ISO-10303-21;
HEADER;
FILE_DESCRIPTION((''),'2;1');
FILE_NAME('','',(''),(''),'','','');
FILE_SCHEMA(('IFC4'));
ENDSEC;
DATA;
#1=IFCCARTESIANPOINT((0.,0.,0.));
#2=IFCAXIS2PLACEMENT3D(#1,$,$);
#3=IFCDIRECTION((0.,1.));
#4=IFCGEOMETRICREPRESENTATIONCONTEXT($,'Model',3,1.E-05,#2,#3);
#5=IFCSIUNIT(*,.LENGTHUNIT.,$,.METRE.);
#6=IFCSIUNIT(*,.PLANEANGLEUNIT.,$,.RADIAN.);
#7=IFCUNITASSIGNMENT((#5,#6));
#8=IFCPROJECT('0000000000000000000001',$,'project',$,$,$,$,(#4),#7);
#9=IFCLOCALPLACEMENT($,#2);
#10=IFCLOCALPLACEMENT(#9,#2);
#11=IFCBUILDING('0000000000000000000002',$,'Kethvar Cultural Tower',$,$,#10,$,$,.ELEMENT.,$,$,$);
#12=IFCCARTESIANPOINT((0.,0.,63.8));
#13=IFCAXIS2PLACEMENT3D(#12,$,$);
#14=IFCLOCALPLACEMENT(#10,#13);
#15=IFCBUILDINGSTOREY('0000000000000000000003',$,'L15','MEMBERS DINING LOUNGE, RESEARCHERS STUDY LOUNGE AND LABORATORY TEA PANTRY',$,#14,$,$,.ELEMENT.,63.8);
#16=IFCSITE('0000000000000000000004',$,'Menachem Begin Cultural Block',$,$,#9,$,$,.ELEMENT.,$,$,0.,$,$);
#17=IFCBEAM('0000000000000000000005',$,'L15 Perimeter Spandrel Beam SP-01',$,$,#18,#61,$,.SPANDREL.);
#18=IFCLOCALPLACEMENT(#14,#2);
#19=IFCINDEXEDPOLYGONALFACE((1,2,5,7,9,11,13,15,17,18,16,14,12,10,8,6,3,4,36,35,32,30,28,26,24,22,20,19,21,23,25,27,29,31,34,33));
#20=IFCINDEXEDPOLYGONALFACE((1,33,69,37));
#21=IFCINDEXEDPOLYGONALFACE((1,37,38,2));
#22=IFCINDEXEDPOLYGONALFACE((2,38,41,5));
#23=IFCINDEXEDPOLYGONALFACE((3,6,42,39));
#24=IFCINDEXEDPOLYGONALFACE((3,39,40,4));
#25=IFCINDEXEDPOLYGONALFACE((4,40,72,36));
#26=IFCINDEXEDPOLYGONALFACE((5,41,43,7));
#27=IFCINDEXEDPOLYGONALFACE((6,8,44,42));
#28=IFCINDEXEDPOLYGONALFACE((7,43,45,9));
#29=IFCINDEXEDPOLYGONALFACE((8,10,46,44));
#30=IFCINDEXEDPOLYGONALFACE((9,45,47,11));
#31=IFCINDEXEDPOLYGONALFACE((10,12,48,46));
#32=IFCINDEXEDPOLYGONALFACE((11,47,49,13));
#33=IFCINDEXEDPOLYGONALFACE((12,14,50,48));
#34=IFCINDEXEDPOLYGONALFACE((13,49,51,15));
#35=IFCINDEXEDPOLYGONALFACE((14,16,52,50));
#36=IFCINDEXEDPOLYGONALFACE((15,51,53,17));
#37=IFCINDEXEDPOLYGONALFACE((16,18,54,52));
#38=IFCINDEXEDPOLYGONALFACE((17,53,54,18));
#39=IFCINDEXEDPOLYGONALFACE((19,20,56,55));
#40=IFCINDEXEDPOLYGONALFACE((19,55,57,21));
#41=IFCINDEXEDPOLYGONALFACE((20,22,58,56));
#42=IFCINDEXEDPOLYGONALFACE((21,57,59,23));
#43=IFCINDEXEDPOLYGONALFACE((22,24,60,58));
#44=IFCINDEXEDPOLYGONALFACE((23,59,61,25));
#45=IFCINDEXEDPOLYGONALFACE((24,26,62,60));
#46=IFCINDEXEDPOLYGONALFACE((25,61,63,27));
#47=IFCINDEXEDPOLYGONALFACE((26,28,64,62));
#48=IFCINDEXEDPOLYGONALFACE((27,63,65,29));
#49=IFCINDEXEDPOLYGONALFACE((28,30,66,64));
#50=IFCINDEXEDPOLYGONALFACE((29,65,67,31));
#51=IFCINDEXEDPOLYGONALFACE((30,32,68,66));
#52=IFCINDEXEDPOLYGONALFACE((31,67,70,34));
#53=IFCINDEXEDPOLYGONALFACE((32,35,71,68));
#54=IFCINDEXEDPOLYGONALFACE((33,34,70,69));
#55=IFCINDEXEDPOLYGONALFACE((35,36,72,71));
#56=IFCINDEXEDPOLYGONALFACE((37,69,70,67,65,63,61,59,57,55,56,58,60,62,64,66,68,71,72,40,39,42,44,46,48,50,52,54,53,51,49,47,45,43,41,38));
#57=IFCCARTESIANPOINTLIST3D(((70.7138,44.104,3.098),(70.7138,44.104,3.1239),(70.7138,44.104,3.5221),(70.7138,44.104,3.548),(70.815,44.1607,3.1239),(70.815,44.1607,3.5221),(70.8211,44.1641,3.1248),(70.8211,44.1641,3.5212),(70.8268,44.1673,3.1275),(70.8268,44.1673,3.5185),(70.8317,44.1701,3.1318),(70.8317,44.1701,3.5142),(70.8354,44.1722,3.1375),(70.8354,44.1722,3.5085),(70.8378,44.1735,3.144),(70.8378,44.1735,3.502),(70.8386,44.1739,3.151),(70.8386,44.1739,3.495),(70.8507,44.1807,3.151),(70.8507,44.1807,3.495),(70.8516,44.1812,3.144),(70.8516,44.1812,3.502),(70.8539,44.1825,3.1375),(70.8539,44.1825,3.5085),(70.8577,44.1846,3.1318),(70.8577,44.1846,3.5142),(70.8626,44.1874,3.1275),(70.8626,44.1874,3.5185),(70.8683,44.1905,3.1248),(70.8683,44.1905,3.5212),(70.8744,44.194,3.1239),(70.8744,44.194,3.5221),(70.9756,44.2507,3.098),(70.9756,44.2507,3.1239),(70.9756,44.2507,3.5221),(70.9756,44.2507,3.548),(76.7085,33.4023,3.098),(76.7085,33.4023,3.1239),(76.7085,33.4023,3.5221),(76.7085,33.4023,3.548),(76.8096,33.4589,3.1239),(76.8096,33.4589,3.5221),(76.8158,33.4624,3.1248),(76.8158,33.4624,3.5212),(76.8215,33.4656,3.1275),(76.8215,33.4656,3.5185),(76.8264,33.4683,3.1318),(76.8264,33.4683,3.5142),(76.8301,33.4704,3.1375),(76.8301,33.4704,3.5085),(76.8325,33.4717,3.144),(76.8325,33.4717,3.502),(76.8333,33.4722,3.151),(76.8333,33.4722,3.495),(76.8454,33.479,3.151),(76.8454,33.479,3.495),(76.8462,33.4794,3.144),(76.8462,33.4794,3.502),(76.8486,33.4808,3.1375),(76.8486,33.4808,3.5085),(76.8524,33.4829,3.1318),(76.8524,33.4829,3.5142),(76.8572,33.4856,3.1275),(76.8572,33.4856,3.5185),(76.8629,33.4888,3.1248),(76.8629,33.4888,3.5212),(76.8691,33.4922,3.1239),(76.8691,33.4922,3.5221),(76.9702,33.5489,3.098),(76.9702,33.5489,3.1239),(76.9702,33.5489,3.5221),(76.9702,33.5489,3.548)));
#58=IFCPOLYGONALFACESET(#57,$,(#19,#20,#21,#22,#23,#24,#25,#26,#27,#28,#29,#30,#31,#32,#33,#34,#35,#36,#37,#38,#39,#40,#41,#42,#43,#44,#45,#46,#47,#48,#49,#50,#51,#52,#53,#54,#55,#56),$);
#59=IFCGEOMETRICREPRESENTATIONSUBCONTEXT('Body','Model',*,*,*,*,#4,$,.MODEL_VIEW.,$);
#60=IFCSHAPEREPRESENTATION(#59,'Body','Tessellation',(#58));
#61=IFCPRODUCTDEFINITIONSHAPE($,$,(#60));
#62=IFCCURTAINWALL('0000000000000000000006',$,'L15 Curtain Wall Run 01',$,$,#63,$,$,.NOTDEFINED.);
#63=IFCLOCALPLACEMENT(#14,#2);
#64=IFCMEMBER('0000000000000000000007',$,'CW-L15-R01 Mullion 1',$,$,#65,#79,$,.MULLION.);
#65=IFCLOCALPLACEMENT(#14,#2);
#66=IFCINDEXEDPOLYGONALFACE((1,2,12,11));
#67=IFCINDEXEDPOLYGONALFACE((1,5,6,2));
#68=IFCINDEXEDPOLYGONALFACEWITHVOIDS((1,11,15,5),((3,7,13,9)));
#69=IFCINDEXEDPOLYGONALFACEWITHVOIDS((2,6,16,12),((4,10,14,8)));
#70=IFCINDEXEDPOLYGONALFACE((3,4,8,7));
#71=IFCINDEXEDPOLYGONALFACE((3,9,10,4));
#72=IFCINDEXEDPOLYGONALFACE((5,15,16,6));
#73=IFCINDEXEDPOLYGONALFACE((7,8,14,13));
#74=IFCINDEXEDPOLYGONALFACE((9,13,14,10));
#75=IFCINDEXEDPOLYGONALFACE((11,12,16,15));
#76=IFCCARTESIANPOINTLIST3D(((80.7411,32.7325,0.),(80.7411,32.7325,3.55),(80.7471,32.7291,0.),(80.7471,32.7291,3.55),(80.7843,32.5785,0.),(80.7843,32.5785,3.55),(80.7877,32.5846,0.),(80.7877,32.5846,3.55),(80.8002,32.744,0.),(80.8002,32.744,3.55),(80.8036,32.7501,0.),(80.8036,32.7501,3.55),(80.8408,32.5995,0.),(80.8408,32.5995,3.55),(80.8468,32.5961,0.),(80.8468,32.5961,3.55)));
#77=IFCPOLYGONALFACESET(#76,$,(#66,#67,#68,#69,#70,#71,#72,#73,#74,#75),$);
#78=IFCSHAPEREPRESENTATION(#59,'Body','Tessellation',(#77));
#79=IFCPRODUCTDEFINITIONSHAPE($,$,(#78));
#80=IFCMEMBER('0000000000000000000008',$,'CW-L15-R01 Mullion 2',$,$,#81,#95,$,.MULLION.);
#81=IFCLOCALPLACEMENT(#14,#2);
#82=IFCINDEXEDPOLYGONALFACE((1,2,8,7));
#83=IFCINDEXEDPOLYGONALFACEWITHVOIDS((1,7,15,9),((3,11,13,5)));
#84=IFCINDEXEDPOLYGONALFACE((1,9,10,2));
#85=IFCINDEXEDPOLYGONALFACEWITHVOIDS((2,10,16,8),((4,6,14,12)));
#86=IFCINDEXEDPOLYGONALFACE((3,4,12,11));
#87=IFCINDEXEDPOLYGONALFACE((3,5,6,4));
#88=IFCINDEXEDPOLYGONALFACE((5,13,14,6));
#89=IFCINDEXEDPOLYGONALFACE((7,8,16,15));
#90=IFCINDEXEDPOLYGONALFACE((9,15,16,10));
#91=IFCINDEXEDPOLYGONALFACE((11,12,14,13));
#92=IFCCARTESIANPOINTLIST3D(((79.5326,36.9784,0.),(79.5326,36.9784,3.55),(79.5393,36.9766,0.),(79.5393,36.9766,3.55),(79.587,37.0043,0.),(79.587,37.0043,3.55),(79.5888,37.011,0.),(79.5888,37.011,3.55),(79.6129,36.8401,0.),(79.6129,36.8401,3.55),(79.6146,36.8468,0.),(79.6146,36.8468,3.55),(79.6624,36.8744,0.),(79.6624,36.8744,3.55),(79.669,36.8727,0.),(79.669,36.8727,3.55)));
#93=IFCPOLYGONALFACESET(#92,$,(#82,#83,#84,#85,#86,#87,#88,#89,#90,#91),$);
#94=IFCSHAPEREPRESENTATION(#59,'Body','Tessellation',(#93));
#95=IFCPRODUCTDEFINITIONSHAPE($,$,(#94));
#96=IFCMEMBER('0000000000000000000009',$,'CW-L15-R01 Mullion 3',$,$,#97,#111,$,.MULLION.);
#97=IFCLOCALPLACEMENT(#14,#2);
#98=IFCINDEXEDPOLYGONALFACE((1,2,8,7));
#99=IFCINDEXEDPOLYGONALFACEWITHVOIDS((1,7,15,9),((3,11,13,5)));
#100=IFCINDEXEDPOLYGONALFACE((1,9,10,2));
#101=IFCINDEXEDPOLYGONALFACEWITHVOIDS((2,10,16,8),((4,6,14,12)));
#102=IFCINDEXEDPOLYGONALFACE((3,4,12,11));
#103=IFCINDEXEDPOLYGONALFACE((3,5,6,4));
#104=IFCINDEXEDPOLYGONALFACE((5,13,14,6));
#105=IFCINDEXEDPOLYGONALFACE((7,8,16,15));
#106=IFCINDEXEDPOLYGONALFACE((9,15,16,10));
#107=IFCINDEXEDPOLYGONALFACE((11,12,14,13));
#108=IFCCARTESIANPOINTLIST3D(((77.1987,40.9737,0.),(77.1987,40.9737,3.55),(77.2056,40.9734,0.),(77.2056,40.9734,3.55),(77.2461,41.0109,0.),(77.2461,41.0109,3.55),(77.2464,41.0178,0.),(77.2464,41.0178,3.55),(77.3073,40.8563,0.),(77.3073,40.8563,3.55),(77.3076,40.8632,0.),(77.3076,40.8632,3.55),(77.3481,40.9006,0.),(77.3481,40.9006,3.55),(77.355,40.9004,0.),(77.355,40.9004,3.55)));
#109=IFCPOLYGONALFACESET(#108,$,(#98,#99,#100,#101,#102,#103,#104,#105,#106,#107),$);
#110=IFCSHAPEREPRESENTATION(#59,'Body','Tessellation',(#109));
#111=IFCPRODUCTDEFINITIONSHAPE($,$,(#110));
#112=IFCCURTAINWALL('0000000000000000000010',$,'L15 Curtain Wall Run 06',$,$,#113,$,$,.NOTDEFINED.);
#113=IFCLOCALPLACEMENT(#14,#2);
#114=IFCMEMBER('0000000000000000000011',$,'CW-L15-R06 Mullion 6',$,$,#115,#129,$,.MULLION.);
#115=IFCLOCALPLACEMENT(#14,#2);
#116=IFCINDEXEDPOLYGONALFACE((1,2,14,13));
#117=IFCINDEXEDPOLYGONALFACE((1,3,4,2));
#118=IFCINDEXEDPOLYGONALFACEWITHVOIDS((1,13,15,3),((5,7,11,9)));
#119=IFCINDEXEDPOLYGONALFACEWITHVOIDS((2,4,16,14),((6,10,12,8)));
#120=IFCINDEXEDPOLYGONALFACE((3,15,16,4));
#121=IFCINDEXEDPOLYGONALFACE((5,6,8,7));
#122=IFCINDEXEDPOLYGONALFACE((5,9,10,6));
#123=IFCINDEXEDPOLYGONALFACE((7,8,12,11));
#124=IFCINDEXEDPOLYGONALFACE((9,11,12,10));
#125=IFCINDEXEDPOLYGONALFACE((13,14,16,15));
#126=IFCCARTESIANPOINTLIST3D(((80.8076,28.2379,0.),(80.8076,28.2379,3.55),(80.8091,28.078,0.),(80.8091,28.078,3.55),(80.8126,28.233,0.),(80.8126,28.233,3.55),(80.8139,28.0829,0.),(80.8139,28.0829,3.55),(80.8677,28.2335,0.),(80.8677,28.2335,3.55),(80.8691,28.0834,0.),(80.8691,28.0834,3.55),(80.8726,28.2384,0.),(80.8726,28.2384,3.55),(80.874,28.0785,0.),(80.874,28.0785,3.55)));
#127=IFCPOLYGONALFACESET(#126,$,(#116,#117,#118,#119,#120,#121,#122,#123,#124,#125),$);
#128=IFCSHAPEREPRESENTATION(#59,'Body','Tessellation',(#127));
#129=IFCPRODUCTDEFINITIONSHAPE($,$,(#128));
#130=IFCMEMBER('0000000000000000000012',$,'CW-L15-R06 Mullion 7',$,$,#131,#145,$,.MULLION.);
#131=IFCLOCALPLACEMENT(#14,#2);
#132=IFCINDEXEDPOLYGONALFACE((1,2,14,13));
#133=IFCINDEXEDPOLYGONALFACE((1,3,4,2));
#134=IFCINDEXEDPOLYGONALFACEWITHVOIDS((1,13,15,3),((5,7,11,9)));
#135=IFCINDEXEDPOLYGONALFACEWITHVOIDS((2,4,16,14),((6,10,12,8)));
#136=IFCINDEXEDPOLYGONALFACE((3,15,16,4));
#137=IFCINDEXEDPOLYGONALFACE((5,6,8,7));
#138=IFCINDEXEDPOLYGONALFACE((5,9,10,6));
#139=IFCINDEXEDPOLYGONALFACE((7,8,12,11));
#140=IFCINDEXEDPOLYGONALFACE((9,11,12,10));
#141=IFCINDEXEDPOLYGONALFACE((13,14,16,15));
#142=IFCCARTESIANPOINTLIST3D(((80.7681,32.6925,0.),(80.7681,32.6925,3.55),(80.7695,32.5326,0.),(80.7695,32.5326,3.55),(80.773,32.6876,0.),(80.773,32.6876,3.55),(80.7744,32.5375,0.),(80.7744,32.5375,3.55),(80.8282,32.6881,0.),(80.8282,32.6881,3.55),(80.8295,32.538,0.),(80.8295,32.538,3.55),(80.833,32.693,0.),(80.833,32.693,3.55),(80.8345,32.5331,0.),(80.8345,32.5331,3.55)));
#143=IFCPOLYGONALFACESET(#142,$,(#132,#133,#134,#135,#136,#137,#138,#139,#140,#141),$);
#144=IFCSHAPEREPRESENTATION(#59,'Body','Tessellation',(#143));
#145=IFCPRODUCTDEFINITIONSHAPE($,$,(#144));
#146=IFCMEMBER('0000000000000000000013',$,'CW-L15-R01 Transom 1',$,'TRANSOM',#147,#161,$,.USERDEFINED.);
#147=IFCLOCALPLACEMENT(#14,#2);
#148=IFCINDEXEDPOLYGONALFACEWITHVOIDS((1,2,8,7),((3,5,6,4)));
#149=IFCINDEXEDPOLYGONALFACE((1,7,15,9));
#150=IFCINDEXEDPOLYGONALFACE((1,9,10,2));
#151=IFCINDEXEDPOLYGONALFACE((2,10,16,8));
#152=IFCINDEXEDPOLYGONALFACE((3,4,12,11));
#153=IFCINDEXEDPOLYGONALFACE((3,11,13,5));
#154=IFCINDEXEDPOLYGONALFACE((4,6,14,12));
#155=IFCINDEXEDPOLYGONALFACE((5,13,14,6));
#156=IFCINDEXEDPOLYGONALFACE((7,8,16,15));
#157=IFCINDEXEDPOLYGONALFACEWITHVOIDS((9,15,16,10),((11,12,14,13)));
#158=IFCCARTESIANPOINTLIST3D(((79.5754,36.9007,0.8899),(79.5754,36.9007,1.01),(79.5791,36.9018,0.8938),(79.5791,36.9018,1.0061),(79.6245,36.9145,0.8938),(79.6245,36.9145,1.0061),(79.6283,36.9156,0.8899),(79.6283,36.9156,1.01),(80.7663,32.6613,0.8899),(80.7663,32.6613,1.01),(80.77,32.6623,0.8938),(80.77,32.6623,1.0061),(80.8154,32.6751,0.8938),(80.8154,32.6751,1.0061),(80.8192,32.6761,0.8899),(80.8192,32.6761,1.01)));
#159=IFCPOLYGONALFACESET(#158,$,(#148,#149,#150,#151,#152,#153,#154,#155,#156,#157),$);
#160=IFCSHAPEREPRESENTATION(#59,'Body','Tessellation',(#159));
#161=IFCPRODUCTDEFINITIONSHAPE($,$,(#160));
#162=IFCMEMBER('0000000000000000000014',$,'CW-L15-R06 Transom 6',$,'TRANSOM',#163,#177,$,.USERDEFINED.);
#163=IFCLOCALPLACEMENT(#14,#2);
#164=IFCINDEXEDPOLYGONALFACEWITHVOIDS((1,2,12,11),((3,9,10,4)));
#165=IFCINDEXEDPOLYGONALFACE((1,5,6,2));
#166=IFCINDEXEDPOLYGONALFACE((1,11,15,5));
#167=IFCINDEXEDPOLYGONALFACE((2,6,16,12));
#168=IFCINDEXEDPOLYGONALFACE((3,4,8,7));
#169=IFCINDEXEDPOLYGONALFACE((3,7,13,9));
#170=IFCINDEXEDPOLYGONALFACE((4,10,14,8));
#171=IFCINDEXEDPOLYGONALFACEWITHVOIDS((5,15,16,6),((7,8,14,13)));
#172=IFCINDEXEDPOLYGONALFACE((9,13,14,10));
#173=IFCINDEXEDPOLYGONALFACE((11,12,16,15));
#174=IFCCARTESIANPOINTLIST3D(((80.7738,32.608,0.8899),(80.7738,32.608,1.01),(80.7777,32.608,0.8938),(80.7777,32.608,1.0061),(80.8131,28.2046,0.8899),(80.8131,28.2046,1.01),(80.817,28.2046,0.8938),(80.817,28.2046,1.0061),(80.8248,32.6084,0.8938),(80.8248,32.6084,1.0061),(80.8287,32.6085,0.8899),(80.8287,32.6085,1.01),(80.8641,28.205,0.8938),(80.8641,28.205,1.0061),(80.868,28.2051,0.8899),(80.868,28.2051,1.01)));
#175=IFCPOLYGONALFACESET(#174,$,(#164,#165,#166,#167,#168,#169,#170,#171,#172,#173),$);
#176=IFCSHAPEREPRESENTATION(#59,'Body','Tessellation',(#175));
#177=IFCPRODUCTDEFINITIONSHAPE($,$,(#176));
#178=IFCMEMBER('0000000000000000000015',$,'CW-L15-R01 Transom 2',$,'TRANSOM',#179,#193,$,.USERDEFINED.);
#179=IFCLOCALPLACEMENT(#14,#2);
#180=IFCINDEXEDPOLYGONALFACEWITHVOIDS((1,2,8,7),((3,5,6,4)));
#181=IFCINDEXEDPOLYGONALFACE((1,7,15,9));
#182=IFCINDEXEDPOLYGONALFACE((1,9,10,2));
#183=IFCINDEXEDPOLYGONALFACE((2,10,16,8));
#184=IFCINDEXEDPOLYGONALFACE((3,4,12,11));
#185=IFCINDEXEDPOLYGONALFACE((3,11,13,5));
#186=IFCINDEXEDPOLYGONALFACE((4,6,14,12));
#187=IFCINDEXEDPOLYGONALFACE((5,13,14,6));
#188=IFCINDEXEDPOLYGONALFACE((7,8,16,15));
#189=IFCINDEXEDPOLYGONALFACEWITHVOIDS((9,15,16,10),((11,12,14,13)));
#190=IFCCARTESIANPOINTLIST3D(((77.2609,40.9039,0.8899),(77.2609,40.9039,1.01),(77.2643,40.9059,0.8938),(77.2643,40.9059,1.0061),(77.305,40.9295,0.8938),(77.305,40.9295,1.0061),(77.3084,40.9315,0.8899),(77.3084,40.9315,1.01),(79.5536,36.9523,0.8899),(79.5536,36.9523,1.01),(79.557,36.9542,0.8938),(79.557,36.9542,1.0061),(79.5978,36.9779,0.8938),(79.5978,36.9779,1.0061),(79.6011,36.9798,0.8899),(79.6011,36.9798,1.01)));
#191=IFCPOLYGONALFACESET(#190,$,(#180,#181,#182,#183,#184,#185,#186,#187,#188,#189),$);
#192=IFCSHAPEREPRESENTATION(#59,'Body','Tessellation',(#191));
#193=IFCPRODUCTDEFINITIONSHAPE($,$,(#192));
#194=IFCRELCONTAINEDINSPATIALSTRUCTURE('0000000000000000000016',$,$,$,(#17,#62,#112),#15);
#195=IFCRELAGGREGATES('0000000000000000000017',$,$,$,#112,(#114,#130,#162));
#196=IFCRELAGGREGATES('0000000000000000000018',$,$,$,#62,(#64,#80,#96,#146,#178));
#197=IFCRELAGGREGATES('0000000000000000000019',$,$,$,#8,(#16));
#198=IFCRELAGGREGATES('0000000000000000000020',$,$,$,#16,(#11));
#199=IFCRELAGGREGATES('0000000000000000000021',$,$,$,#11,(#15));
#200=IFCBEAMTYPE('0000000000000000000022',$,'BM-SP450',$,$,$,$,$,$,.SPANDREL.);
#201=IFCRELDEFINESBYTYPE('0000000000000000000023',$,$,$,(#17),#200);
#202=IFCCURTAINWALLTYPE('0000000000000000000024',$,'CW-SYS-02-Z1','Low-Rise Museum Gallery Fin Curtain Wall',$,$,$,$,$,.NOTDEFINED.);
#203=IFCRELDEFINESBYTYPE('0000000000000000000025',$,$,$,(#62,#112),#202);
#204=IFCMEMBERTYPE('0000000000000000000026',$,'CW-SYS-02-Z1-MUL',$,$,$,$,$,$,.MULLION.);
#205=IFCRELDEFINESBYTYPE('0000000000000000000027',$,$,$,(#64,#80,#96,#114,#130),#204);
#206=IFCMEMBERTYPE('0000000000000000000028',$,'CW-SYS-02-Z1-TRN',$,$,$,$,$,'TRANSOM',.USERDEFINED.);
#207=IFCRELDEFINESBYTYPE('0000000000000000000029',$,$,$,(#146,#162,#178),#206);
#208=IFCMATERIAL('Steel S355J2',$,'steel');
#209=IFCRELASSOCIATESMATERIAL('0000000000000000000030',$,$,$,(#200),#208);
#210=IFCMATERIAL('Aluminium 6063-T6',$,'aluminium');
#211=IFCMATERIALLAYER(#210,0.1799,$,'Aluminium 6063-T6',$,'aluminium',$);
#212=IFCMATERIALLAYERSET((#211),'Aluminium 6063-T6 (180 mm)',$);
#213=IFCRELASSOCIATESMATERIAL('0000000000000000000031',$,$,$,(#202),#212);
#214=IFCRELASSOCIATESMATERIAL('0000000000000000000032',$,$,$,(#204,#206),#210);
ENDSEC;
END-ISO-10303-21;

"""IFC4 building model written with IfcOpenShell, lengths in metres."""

from ifc_helpers import new_model, si_unit, direction, frame, origin, origin_2d, place, context, subcontext, project, spatial, hollow_rectangle, i_section, extrude, source, transform, mapped, material, layer, layer_set, material_profile, profile_set, type_object, element, aggregate, save


model = new_model("IFC4")

# Units and contexts
model_context = context("Model", 3, precision=1e-05, world=origin(), true_north=direction((0.0, 1.0)))
body_context = subcontext(model_context, "Body", "Model", "MODEL_VIEW")
ifc_project = project(units=[si_unit("LENGTHUNIT", "METRE"), si_unit("PLANEANGLEUNIT", "RADIAN")], contexts=[model_context])

# Site, building, storey
site_placement = place(None, origin())
site = spatial("IfcSite", under=ifc_project, at=site_placement, Name="Menachem Begin Cultural Block", CompositionType="ELEMENT", RefElevation=0.0)
building_placement = place(site_placement, origin())
building = spatial("IfcBuilding", under=site, at=building_placement, Name="Kethvar Cultural Tower", CompositionType="ELEMENT")
storey_placement = place(building_placement, frame((0.0, 0.0, 63.8)))
storey = spatial("IfcBuildingStorey", under=building, at=storey_placement, Name="L15", Description="MEMBERS DINING LOUNGE, RESEARCHERS STUDY LOUNGE AND LABORATORY TEA PANTRY", CompositionType="ELEMENT", Elevation=63.8)

# Beam
ifc_material_1 = material(Name="Steel S355J2", Category="steel")
ifc_material_profile_1 = material_profile(ifc_material_1, i_section(OverallWidth=0.3, OverallDepth=0.45, WebThickness=0.0139, FlangeThickness=0.0259, FilletRadius=0.0271, at=origin_2d()), Name="Steel S355J2 — HEB450")
ifc_profile_set_1 = profile_set([ifc_material_profile_1], Name="Steel S355J2 — HEB450")
beam_type_1 = type_object("IfcBeamType", Name="BM-SP450", PredefinedType="SPANDREL", material=ifc_profile_set_1)
shared_shape_1 = source(origin(), body_context, "Body", "SweptSolid", [
    extrude(i_section(OverallWidth=0.3, OverallDepth=0.45, WebThickness=0.0139, FlangeThickness=0.0259, FilletRadius=0.0271, at=origin_2d()), origin(), (0.0, 0.0, 1.0), 12.2664),
])
beam_1_placement = place(storey_placement, frame((76.8394, 33.4756, 3.323), z_axis=(-0.488709, 0.872447, 0.0), x_axis=(-0.872447, -0.488709, 0.0)))
element("IfcBeam", 1, at=beam_1_placement, inside=storey, type_object=beam_type_1, Name="L15 Perimeter Spandrel Beam SP-01", PredefinedType="SPANDREL", context=body_context, shape_type="MappedRepresentation", body=[
    mapped(shared_shape_1, transform((0.0, 0.0, 0.0), scale=1.0)),
])

# Curtain walls, members
ifc_material_2 = material(Name="Aluminium 6063-T6", Category="aluminium")
ifc_layer_1 = layer(ifc_material_2, 0.1799, Name="Aluminium 6063-T6", Category="aluminium")
ifc_layer_set_1 = layer_set([ifc_layer_1], Name="Aluminium 6063-T6 (180 mm)")
curtain_wall_type = type_object("IfcCurtainWallType", Name="CW-SYS-02-Z1", Description="Low-Rise Museum Gallery Fin Curtain Wall", PredefinedType="NOTDEFINED", material=ifc_layer_set_1)
curtain_wall_1_placement = place(storey_placement, origin())
curtain_wall_1 = element("IfcCurtainWall", 2, at=curtain_wall_1_placement, inside=storey, type_object=curtain_wall_type, Name="L15 Curtain Wall Run 01", PredefinedType="NOTDEFINED")
ifc_material_profile_2 = material_profile(ifc_material_2, hollow_rectangle(XDim=0.0649, YDim=0.1599, WallThickness=0.0049, at=origin_2d()), Name="Aluminium 6063-T6 — RHS160x65x5")
ifc_profile_set_2 = profile_set([ifc_material_profile_2], Name="Aluminium 6063-T6 — RHS160x65x5")
member_type_1 = type_object("IfcMemberType", Name="CW-SYS-02-Z1-MUL", PredefinedType="MULLION", material=ifc_profile_set_2)
shared_shape_2 = source(origin(), body_context, "Body", "SweptSolid", [
    extrude(hollow_rectangle(XDim=0.0649, YDim=0.1599, WallThickness=0.0049, at=origin_2d()), origin(), (0.0, 0.0, 1.0), 3.55),
])
member_1_placement = place(storey_placement, frame((80.7939, 32.6643, 0.0), z_axis=(0.0, 0.0, 1.0), x_axis=(-0.962739, -0.270432, 0.0)))
member_1 = element("IfcMember", 3, at=member_1_placement, type_object=member_type_1, Name="CW-L15-R01 Mullion 1", PredefinedType="MULLION", context=body_context, shape_type="MappedRepresentation", body=[
    mapped(shared_shape_2, transform((0.0, 0.0, 0.0), scale=1.0)),
])
member_2_placement = place(storey_placement, frame((79.6008, 36.9255, 0.0), z_axis=(0.0, 0.0, 1.0), x_axis=(-0.864968, -0.501828, 0.0)))
member_2 = element("IfcMember", 4, at=member_2_placement, type_object=member_type_1, Name="CW-L15-R01 Mullion 2", PredefinedType="MULLION", context=body_context, shape_type="MappedRepresentation", body=[
    mapped(shared_shape_2, transform((0.0, 0.0, 0.0), scale=1.0)),
])
member_3_placement = place(storey_placement, frame((77.2769, 40.937, 0.0), z_axis=(0.0, 0.0, 1.0), x_axis=(-0.734133, -0.679006, 0.0)))
member_3 = element("IfcMember", 5, at=member_3_placement, type_object=member_type_1, Name="CW-L15-R01 Mullion 3", PredefinedType="MULLION", context=body_context, shape_type="MappedRepresentation", body=[
    mapped(shared_shape_2, transform((0.0, 0.0, 0.0), scale=1.0)),
])
curtain_wall_2_placement = place(storey_placement, origin())
curtain_wall_2 = element("IfcCurtainWall", 6, at=curtain_wall_2_placement, inside=storey, type_object=curtain_wall_type, Name="L15 Curtain Wall Run 06", PredefinedType="NOTDEFINED")
member_4_placement = place(storey_placement, frame((80.8408, 28.1582, 0.0), z_axis=(0.0, 0.0, 1.0), x_axis=(-0.99996, -0.008901, 0.0)))
member_4 = element("IfcMember", 7, at=member_4_placement, type_object=member_type_1, Name="CW-L15-R06 Mullion 6", PredefinedType="MULLION", context=body_context, shape_type="MappedRepresentation", body=[
    mapped(shared_shape_2, transform((0.0, 0.0, 0.0), scale=1.0)),
])
member_5_placement = place(storey_placement, frame((80.8013, 32.6128, 0.0), z_axis=(0.0, 0.0, 1.0), x_axis=(-0.99996, -0.008901, 0.0)))
member_5 = element("IfcMember", 8, at=member_5_placement, type_object=member_type_1, Name="CW-L15-R06 Mullion 7", PredefinedType="MULLION", context=body_context, shape_type="MappedRepresentation", body=[
    mapped(shared_shape_2, transform((0.0, 0.0, 0.0), scale=1.0)),
])

# Members
ifc_material_profile_3 = material_profile(ifc_material_2, hollow_rectangle(XDim=0.0549, YDim=0.1201, WallThickness=0.0039, at=origin_2d()), Name="Aluminium 6063-T6 — RHS120x55x4")
ifc_profile_set_3 = profile_set([ifc_material_profile_3], Name="Aluminium 6063-T6 — RHS120x55x4")
member_type_2 = type_object("IfcMemberType", Name="CW-SYS-02-Z1-TRN", ElementType="TRANSOM", PredefinedType="USERDEFINED", material=ifc_profile_set_3)
shared_shape_3 = source(origin(), body_context, "Body", "SweptSolid", [
    extrude(hollow_rectangle(XDim=0.0549, YDim=0.1201, WallThickness=0.0039, at=origin_2d()), origin(), (0.0, 0.0, 1.0), 4.4036),
])
member_6_placement = place(storey_placement, frame((80.7927, 32.6687, 0.95), z_axis=(-0.270442, 0.962736, 0.0), x_axis=(-0.962736, -0.270442, 0.0)))
member_6 = element("IfcMember", 9, at=member_6_placement, type_object=member_type_2, Name="CW-L15-R01 Transom 1", ObjectType="TRANSOM", PredefinedType="USERDEFINED", context=body_context, shape_type="MappedRepresentation", body=[
    mapped(shared_shape_3, transform((0.0, 0.0, 0.0), scale=1.0)),
])
member_7_placement = place(storey_placement, frame((80.8406, 28.2048, 0.95), z_axis=(-0.008926, 0.99996, 0.0), x_axis=(-0.99996, -0.008926, 0.0)))
member_7 = element("IfcMember", 10, at=member_7_placement, type_object=member_type_2, Name="CW-L15-R06 Transom 6", ObjectType="TRANSOM", PredefinedType="USERDEFINED", context=body_context, shape_type="MappedRepresentation", body=[
    mapped(shared_shape_3, transform((0.0, 0.0, 0.0), scale=1.0)),
])
shared_shape_4 = source(origin(), body_context, "Body", "SweptSolid", [
    extrude(hollow_rectangle(XDim=0.0549, YDim=0.1201, WallThickness=0.0039, at=origin_2d()), origin(), (0.0, 0.0, 1.0), 4.5686),
])
member_8_placement = place(storey_placement, frame((79.5774, 36.9661, 0.95), z_axis=(-0.501843, 0.864959, 0.0), x_axis=(-0.864959, -0.501843, 0.0)))
member_8 = element("IfcMember", 11, at=member_8_placement, type_object=member_type_2, Name="CW-L15-R01 Transom 2", ObjectType="TRANSOM", PredefinedType="USERDEFINED", context=body_context, shape_type="MappedRepresentation", body=[
    mapped(shared_shape_4, transform((0.0, 0.0, 0.0), scale=1.0)),
])

aggregate(curtain_wall_2, [member_4, member_5, member_7])
aggregate(curtain_wall_1, [member_1, member_2, member_3, member_6, member_8])

save(model, "model.ifc")
